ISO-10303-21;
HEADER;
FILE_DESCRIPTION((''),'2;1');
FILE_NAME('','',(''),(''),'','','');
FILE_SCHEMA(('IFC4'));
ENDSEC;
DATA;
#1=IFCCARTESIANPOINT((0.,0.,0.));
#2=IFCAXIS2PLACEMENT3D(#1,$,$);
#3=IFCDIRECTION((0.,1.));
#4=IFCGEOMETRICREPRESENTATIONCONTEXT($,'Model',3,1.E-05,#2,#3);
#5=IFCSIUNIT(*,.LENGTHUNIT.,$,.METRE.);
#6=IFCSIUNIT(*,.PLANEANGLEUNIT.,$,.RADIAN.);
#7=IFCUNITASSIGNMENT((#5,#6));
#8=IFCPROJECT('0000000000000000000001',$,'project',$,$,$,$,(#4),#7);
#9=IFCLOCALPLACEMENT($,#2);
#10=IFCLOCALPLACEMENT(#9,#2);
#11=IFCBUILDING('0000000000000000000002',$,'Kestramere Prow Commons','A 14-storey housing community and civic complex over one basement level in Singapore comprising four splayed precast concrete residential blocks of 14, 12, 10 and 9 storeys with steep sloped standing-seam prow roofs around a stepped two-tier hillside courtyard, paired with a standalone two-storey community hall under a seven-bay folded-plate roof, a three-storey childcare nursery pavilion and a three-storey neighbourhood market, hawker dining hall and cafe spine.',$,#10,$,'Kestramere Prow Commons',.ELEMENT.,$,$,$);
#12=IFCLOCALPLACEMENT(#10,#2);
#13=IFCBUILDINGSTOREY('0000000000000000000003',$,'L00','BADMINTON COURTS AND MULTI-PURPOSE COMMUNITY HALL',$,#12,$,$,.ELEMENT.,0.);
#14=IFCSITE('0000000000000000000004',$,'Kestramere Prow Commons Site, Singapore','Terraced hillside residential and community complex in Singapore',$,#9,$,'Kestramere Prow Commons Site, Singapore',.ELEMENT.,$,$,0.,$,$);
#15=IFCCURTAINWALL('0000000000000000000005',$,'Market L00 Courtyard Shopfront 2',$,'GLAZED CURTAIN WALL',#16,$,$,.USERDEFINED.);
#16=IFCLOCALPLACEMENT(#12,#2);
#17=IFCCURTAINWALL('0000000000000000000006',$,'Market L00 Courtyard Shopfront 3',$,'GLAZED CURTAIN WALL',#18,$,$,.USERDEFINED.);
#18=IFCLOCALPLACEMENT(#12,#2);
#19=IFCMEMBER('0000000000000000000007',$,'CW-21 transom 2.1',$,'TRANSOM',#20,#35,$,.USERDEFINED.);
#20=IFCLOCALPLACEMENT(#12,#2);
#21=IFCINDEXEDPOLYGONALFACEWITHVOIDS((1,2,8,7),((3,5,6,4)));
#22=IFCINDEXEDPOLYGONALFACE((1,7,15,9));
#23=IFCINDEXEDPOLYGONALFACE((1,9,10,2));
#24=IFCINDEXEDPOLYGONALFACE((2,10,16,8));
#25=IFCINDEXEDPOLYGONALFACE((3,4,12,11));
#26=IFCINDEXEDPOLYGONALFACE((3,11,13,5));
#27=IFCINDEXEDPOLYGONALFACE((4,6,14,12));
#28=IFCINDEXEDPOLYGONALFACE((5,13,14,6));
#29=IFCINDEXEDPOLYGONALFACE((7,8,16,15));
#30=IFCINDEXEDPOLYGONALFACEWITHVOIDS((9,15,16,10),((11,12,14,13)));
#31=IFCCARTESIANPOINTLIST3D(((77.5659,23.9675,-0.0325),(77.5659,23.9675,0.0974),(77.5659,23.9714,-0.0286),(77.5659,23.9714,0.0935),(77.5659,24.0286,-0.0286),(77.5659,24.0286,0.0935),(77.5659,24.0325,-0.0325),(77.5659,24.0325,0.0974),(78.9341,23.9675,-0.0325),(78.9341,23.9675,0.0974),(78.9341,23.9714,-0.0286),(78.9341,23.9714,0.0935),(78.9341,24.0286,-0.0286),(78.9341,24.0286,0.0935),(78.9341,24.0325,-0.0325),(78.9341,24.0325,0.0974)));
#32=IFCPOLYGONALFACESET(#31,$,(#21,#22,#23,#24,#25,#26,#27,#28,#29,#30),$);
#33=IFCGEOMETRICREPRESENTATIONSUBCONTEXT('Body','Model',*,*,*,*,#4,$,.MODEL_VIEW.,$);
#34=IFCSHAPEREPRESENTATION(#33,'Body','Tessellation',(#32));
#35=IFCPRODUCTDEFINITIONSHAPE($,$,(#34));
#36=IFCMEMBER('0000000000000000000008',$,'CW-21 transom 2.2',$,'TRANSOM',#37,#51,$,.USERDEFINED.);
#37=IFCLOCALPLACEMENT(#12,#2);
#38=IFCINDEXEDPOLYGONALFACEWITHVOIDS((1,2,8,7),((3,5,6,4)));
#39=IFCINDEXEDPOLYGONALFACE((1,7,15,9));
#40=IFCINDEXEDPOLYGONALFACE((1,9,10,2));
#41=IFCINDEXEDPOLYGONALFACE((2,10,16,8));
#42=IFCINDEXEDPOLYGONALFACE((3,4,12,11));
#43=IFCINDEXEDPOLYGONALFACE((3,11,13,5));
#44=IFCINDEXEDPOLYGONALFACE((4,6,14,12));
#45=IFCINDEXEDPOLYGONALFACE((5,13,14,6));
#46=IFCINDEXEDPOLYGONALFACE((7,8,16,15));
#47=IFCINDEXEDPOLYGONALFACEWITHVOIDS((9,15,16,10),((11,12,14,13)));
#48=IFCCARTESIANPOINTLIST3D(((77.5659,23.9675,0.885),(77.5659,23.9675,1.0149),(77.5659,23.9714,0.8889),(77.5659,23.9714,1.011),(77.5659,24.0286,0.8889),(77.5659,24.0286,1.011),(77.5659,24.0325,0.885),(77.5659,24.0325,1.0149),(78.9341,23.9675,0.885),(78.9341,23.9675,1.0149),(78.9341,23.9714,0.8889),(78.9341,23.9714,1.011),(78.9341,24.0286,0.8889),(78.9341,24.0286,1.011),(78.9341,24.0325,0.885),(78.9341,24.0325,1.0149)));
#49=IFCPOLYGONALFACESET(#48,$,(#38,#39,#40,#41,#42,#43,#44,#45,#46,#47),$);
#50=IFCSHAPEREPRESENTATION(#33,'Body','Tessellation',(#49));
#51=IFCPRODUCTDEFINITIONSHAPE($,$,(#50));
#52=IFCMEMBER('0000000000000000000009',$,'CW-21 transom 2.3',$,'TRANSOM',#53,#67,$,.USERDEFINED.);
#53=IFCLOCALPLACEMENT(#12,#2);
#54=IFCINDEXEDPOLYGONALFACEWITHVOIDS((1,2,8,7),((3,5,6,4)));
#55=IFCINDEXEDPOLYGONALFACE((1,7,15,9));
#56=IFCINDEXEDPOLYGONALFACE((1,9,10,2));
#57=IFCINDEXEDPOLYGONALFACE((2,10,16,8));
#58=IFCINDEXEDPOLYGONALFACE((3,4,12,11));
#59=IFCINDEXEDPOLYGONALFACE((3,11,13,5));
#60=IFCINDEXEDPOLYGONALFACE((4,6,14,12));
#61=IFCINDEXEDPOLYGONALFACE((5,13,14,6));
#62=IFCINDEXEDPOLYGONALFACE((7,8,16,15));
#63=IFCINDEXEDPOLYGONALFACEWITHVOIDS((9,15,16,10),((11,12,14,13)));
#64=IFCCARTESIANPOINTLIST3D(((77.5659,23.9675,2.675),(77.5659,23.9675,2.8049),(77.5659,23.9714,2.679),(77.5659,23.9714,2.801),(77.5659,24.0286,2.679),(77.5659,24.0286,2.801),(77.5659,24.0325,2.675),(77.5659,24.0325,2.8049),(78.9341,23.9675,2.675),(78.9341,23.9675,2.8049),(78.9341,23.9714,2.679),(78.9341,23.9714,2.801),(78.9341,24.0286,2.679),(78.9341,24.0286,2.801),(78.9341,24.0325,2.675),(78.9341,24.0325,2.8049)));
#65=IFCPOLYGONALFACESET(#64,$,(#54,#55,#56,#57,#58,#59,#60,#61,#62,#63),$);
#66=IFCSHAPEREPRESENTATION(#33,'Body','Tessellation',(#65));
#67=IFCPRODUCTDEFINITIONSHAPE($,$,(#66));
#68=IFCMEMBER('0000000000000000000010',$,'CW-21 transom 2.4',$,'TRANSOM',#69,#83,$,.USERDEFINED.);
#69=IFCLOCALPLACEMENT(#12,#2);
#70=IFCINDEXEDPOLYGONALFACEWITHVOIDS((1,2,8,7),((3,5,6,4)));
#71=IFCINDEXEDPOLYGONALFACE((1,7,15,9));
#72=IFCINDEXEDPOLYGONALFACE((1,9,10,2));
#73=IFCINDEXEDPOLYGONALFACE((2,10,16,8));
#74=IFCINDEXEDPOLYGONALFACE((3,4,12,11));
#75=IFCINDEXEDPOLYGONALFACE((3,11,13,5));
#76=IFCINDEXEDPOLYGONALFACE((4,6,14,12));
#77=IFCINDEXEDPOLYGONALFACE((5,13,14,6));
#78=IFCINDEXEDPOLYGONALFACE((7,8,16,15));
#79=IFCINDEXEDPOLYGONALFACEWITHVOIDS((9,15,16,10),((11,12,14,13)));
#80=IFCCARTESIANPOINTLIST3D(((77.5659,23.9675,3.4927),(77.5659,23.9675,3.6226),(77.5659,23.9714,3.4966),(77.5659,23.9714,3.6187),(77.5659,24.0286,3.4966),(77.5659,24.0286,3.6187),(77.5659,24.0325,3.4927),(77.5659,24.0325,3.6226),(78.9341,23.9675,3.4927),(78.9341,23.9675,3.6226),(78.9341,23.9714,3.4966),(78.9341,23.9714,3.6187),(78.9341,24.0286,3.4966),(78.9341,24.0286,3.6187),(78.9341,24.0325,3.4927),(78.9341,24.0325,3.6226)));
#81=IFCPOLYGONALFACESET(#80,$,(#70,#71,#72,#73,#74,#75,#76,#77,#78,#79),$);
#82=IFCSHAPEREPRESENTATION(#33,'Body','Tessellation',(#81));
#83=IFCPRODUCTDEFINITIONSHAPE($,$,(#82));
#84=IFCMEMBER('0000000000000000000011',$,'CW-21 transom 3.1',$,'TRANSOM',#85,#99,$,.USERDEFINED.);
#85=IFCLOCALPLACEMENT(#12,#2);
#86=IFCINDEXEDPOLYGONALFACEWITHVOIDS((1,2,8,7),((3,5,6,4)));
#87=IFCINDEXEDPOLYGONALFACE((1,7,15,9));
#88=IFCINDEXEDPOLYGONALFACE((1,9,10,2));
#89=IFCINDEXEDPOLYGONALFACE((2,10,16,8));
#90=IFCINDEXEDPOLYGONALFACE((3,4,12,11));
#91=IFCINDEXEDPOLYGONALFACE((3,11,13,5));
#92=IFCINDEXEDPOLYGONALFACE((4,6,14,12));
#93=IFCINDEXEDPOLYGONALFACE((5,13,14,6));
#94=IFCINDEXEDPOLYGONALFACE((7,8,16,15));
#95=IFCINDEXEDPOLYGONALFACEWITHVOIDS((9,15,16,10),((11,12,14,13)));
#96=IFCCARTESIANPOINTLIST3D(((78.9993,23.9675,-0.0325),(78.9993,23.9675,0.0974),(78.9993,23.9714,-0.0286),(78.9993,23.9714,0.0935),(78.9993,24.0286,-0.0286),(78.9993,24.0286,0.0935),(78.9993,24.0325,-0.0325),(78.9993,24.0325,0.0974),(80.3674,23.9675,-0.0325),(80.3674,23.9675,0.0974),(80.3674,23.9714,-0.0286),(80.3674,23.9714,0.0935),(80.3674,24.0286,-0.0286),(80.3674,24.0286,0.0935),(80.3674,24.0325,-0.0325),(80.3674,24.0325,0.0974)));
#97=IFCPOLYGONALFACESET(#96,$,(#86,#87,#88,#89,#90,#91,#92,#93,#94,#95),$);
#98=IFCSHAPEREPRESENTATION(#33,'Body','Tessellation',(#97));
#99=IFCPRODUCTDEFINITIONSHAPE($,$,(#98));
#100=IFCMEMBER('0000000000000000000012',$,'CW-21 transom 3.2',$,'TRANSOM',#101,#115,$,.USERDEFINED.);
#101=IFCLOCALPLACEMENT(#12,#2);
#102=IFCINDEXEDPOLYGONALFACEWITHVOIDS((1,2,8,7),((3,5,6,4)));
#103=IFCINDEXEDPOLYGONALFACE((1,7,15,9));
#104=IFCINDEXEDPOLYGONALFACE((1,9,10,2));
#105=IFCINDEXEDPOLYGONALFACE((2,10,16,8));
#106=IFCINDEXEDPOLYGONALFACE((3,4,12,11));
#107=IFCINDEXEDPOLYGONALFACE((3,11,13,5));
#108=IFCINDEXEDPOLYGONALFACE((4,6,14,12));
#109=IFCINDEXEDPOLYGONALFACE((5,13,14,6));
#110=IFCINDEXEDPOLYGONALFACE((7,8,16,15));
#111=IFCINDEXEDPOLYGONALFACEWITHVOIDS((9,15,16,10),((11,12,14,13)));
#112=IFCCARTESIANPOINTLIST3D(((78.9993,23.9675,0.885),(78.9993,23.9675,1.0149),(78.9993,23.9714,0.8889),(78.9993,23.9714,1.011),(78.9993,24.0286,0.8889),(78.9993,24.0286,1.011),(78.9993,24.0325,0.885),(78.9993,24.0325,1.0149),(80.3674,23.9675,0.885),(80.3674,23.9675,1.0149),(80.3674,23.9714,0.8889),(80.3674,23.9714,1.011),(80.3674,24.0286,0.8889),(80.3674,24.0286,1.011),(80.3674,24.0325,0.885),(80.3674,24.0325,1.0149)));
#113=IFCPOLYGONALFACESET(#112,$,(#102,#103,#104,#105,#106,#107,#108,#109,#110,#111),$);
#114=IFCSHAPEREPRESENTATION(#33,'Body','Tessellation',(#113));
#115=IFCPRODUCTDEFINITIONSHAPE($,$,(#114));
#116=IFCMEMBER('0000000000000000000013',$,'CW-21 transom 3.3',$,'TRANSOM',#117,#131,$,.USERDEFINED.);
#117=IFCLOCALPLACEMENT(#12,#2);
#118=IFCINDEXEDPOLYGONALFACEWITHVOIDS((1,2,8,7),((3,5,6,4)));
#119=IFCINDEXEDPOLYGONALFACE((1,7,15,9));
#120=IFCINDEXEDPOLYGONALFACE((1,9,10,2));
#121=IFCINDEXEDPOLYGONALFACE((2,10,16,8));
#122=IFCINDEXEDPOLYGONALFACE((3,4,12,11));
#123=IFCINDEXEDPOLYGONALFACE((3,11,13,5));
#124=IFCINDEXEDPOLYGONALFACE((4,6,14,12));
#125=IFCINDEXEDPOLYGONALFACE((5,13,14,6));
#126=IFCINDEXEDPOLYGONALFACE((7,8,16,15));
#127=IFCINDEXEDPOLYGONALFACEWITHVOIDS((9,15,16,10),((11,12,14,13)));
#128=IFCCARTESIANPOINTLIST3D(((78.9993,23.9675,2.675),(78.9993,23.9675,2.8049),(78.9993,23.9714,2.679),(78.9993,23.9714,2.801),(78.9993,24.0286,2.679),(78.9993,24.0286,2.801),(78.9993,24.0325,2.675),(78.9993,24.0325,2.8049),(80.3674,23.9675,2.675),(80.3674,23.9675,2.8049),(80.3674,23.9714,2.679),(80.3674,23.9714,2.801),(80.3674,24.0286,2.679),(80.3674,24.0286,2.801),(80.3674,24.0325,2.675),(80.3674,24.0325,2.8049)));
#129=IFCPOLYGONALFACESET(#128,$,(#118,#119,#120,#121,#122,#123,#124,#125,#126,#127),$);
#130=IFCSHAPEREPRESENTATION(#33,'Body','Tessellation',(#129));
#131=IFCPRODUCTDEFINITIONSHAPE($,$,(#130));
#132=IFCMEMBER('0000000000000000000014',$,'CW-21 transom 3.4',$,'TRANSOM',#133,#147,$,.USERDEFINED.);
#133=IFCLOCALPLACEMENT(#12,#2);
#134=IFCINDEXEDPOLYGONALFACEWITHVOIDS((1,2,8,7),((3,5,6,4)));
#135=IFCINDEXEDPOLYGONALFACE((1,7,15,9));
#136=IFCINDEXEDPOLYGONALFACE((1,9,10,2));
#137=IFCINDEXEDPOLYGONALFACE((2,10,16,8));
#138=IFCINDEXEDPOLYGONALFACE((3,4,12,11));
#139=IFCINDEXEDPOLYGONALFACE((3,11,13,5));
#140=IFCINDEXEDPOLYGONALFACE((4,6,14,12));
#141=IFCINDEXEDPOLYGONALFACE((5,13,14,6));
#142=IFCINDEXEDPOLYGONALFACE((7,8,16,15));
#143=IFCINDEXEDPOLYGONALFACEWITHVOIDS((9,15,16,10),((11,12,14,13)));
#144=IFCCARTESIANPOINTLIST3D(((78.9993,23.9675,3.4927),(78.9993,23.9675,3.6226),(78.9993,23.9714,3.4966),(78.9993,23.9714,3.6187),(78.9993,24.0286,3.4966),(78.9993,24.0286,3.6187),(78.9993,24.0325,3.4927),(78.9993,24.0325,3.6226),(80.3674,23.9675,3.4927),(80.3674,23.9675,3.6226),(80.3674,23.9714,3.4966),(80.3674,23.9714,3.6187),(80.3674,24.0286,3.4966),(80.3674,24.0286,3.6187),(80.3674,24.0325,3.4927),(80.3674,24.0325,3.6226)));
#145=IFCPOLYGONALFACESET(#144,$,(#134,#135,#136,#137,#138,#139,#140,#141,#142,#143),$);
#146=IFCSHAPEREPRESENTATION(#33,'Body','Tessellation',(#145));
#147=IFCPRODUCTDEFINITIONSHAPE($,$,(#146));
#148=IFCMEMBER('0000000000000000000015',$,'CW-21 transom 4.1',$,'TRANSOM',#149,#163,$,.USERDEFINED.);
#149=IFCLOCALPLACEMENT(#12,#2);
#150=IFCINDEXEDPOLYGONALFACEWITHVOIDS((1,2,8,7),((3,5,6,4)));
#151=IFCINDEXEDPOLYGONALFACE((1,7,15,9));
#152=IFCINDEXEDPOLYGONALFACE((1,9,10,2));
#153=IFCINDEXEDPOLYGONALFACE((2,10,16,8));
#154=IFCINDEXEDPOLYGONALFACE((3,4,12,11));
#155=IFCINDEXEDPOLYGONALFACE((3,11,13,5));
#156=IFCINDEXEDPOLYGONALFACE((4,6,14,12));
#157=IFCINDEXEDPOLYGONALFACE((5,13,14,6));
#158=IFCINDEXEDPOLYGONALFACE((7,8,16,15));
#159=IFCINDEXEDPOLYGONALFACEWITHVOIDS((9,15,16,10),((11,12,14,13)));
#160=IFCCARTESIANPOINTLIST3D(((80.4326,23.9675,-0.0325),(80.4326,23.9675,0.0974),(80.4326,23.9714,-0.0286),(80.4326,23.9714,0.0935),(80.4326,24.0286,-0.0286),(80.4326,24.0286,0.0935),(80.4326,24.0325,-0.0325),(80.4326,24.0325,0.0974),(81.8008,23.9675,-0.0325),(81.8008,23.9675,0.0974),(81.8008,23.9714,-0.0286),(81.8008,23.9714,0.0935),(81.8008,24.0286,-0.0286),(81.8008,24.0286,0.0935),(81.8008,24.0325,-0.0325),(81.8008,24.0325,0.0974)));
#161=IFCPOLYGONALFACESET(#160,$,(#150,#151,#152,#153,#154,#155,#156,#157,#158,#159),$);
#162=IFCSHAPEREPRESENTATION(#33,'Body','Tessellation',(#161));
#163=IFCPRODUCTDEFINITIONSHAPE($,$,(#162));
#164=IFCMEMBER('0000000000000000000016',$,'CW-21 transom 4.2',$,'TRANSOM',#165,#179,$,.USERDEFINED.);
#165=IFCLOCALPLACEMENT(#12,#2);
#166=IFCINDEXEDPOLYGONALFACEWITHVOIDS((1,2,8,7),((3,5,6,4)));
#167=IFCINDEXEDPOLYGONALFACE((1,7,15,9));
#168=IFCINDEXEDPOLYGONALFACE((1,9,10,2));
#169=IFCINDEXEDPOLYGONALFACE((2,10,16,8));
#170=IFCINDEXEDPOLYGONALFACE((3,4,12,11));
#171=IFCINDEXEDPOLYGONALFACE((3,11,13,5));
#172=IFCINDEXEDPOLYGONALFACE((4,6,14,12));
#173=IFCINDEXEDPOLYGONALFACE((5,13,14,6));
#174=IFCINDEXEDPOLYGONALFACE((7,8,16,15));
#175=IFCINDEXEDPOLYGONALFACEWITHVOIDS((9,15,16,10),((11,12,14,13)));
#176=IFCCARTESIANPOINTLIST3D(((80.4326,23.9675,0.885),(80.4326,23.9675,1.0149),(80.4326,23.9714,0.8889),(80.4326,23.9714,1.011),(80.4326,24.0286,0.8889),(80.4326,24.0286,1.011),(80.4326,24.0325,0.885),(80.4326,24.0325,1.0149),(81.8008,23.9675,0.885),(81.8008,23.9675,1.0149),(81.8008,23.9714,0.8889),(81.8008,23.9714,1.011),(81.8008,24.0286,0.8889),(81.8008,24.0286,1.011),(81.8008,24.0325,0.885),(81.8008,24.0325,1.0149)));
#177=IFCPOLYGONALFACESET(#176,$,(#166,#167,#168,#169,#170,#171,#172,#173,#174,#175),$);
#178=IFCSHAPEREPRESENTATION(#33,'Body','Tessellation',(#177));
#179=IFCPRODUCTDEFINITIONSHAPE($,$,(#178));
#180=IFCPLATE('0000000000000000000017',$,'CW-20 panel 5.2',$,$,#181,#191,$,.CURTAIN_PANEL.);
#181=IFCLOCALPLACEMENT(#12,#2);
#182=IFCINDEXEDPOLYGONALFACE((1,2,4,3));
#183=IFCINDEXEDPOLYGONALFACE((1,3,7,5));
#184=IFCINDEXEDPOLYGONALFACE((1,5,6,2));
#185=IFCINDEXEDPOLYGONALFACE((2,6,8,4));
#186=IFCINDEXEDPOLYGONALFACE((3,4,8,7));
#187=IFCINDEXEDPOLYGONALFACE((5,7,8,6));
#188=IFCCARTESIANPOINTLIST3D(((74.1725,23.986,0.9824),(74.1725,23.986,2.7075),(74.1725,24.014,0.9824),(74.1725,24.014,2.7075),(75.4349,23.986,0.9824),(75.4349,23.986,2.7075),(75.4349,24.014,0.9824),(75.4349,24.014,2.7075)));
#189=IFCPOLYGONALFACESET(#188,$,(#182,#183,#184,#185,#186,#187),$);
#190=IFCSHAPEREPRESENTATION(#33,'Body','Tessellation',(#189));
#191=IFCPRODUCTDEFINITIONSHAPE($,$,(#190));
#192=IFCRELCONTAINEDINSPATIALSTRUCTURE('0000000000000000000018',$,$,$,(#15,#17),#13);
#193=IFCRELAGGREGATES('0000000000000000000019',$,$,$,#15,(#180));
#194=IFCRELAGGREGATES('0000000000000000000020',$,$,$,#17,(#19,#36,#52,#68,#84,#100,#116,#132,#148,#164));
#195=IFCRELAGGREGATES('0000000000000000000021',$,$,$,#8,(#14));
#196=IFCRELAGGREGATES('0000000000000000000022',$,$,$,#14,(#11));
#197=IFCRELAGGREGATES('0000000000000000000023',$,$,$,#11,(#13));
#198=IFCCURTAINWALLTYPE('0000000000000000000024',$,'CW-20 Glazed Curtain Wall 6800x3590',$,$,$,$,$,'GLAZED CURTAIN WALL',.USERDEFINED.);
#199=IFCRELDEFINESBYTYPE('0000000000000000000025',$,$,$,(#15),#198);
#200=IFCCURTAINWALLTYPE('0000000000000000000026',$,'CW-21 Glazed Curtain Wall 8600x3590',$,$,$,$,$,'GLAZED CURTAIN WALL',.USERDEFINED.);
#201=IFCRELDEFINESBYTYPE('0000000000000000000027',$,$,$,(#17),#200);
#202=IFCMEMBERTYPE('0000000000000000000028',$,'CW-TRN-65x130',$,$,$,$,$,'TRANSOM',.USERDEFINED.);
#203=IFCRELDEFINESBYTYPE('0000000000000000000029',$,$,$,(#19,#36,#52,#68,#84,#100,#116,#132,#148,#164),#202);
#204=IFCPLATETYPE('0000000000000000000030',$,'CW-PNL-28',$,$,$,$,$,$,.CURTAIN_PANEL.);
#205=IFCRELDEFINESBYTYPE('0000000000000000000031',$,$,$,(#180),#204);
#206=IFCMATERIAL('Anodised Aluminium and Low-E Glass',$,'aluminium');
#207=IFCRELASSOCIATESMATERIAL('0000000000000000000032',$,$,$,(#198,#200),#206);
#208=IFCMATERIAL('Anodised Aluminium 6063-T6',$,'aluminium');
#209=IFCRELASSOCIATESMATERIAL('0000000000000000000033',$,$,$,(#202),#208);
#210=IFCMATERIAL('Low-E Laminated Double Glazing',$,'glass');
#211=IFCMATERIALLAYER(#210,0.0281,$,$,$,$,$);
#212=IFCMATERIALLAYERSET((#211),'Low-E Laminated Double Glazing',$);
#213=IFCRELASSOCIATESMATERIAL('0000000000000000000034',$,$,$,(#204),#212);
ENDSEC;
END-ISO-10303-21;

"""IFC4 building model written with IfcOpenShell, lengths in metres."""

from ifc_helpers import new_model, si_unit, direction, frame, origin, origin_2d, place, context, subcontext, project, spatial, rectangle, hollow_rectangle, extrude, material, layer, layer_set, material_profile, profile_set, type_object, element, aggregate, save


model = new_model("IFC4")

# Units and contexts
model_context = context("Model", 3, precision=1e-05, world=origin(), true_north=direction((0.0, 1.0)))
body_context = subcontext(model_context, "Body", "Model", "MODEL_VIEW")
ifc_project = project(units=[si_unit("LENGTHUNIT", "METRE"), si_unit("PLANEANGLEUNIT", "RADIAN")], contexts=[model_context])

# Site, building, storey
site_placement = place(None, origin())
site = spatial("IfcSite", under=ifc_project, at=site_placement, Name="Kestramere Prow Commons Site, Singapore", Description="Terraced hillside residential and community complex in Singapore", LongName="Kestramere Prow Commons Site, Singapore", CompositionType="ELEMENT", RefElevation=0.0)
building_placement = place(site_placement, origin())
building = spatial("IfcBuilding", under=site, at=building_placement, Name="Kestramere Prow Commons", Description="A 14-storey housing community and civic complex over one basement level in Singapore comprising four splayed precast concrete residential blocks of 14, 12, 10 and 9 storeys with steep sloped standing-seam prow roofs around a stepped two-tier hillside courtyard, paired with a standalone two-storey community hall under a seven-bay folded-plate roof, a three-storey childcare nursery pavilion and a three-storey neighbourhood market, hawker dining hall and cafe spine.", LongName="Kestramere Prow Commons", CompositionType="ELEMENT")
storey_placement = place(building_placement, origin())
storey = spatial("IfcBuildingStorey", under=building, at=storey_placement, Name="L00", Description="BADMINTON COURTS AND MULTI-PURPOSE COMMUNITY HALL", CompositionType="ELEMENT", Elevation=0.0)

# Curtain wall
ifc_material_1 = material(Name="Anodised Aluminium and Low-E Glass", Category="aluminium")
curtain_wall_type_1 = type_object("IfcCurtainWallType", Name="CW-20 Glazed Curtain Wall 6800x3590", ElementType="GLAZED CURTAIN WALL", PredefinedType="USERDEFINED", material=ifc_material_1)
curtain_wall_1_placement = place(storey_placement, origin())
curtain_wall_1 = element("IfcCurtainWall", 1, at=curtain_wall_1_placement, inside=storey, type_object=curtain_wall_type_1, Name="Market L00 Courtyard Shopfront 2", ObjectType="GLAZED CURTAIN WALL", PredefinedType="USERDEFINED")
ifc_material_2 = material(Name="Anodised Aluminium 6063-T6", Category="aluminium")

# Curtain wall, members
curtain_wall_type_2 = type_object("IfcCurtainWallType", Name="CW-21 Glazed Curtain Wall 8600x3590", ElementType="GLAZED CURTAIN WALL", PredefinedType="USERDEFINED", material=ifc_material_1)
curtain_wall_2_placement = place(storey_placement, origin())
curtain_wall_2 = element("IfcCurtainWall", 2, at=curtain_wall_2_placement, inside=storey, type_object=curtain_wall_type_2, Name="Market L00 Courtyard Shopfront 3", ObjectType="GLAZED CURTAIN WALL", PredefinedType="USERDEFINED")
ifc_material_profile_1 = material_profile(ifc_material_2, hollow_rectangle(XDim=0.0649, YDim=0.1299, WallThickness=0.0039, at=origin_2d()), Name="ALU-TRN 65x130")
ifc_profile_set_1 = profile_set([ifc_material_profile_1], Name="Anodised Aluminium 6063-T6")
member_type_1 = type_object("IfcMemberType", Name="CW-TRN-65x130", ElementType="TRANSOM", PredefinedType="USERDEFINED", material=ifc_profile_set_1)
member_1_placement = place(storey_placement, frame((77.5659, 24.0, 0.0325), z_axis=(1.0, 0.0, 0.0), x_axis=(0.0, 1.0, 0.0)))
member_1 = element("IfcMember", 3, at=member_1_placement, type_object=member_type_1, Name="CW-21 transom 2.1", ObjectType="TRANSOM", PredefinedType="USERDEFINED", context=body_context, shape_type="SweptSolid", body=[
    extrude(hollow_rectangle(XDim=0.0649, YDim=0.1299, WallThickness=0.0039, at=origin_2d()), origin(), (0.0, 0.0, 1.0), 1.3682),
])
member_2_placement = place(storey_placement, frame((77.5659, 24.0, 0.95), z_axis=(1.0, 0.0, 0.0), x_axis=(0.0, 1.0, 0.0)))
member_2 = element("IfcMember", 4, at=member_2_placement, type_object=member_type_1, Name="CW-21 transom 2.2", ObjectType="TRANSOM", PredefinedType="USERDEFINED", context=body_context, shape_type="SweptSolid", body=[
    extrude(hollow_rectangle(XDim=0.0649, YDim=0.1299, WallThickness=0.0039, at=origin_2d()), origin(), (0.0, 0.0, 1.0), 1.3682),
])
member_3_placement = place(storey_placement, frame((77.5659, 24.0, 2.74), z_axis=(1.0, 0.0, 0.0), x_axis=(0.0, 1.0, 0.0)))
member_3 = element("IfcMember", 5, at=member_3_placement, type_object=member_type_1, Name="CW-21 transom 2.3", ObjectType="TRANSOM", PredefinedType="USERDEFINED", context=body_context, shape_type="SweptSolid", body=[
    extrude(hollow_rectangle(XDim=0.0649, YDim=0.1299, WallThickness=0.0039, at=origin_2d()), origin(), (0.0, 0.0, 1.0), 1.3682),
])
member_4_placement = place(storey_placement, frame((77.5659, 24.0, 3.5576), z_axis=(1.0, 0.0, 0.0), x_axis=(0.0, 1.0, 0.0)))
member_4 = element("IfcMember", 6, at=member_4_placement, type_object=member_type_1, Name="CW-21 transom 2.4", ObjectType="TRANSOM", PredefinedType="USERDEFINED", context=body_context, shape_type="SweptSolid", body=[
    extrude(hollow_rectangle(XDim=0.0649, YDim=0.1299, WallThickness=0.0039, at=origin_2d()), origin(), (0.0, 0.0, 1.0), 1.3682),
])
member_5_placement = place(storey_placement, frame((78.9993, 24.0, 0.0325), z_axis=(1.0, 0.0, 0.0), x_axis=(0.0, 1.0, 0.0)))
member_5 = element("IfcMember", 7, at=member_5_placement, type_object=member_type_1, Name="CW-21 transom 3.1", ObjectType="TRANSOM", PredefinedType="USERDEFINED", context=body_context, shape_type="SweptSolid", body=[
    extrude(hollow_rectangle(XDim=0.0649, YDim=0.1299, WallThickness=0.0039, at=origin_2d()), origin(), (0.0, 0.0, 1.0), 1.3682),
])
member_6_placement = place(storey_placement, frame((78.9993, 24.0, 0.95), z_axis=(1.0, 0.0, 0.0), x_axis=(0.0, 1.0, 0.0)))
member_6 = element("IfcMember", 8, at=member_6_placement, type_object=member_type_1, Name="CW-21 transom 3.2", ObjectType="TRANSOM", PredefinedType="USERDEFINED", context=body_context, shape_type="SweptSolid", body=[
    extrude(hollow_rectangle(XDim=0.0649, YDim=0.1299, WallThickness=0.0039, at=origin_2d()), origin(), (0.0, 0.0, 1.0), 1.3682),
])
member_7_placement = place(storey_placement, frame((78.9993, 24.0, 2.74), z_axis=(1.0, 0.0, 0.0), x_axis=(0.0, 1.0, 0.0)))
member_7 = element("IfcMember", 9, at=member_7_placement, type_object=member_type_1, Name="CW-21 transom 3.3", ObjectType="TRANSOM", PredefinedType="USERDEFINED", context=body_context, shape_type="SweptSolid", body=[
    extrude(hollow_rectangle(XDim=0.0649, YDim=0.1299, WallThickness=0.0039, at=origin_2d()), origin(), (0.0, 0.0, 1.0), 1.3682),
])
member_8_placement = place(storey_placement, frame((78.9993, 24.0, 3.5576), z_axis=(1.0, 0.0, 0.0), x_axis=(0.0, 1.0, 0.0)))
member_8 = element("IfcMember", 10, at=member_8_placement, type_object=member_type_1, Name="CW-21 transom 3.4", ObjectType="TRANSOM", PredefinedType="USERDEFINED", context=body_context, shape_type="SweptSolid", body=[
    extrude(hollow_rectangle(XDim=0.0649, YDim=0.1299, WallThickness=0.0039, at=origin_2d()), origin(), (0.0, 0.0, 1.0), 1.3682),
])
member_9_placement = place(storey_placement, frame((80.4326, 24.0, 0.0325), z_axis=(1.0, 0.0, 0.0), x_axis=(0.0, 1.0, 0.0)))
member_9 = element("IfcMember", 11, at=member_9_placement, type_object=member_type_1, Name="CW-21 transom 4.1", ObjectType="TRANSOM", PredefinedType="USERDEFINED", context=body_context, shape_type="SweptSolid", body=[
    extrude(hollow_rectangle(XDim=0.0649, YDim=0.1299, WallThickness=0.0039, at=origin_2d()), origin(), (0.0, 0.0, 1.0), 1.3682),
])
member_10_placement = place(storey_placement, frame((80.4326, 24.0, 0.95), z_axis=(1.0, 0.0, 0.0), x_axis=(0.0, 1.0, 0.0)))
member_10 = element("IfcMember", 12, at=member_10_placement, type_object=member_type_1, Name="CW-21 transom 4.2", ObjectType="TRANSOM", PredefinedType="USERDEFINED", context=body_context, shape_type="SweptSolid", body=[
    extrude(hollow_rectangle(XDim=0.0649, YDim=0.1299, WallThickness=0.0039, at=origin_2d()), origin(), (0.0, 0.0, 1.0), 1.3682),
])

# Plate
ifc_material_3 = material(Name="Low-E Laminated Double Glazing", Category="glass")
ifc_layer = layer(ifc_material_3, 0.0281)
ifc_layer_set = layer_set([ifc_layer], Name="Low-E Laminated Double Glazing")
plate_type = type_object("IfcPlateType", Name="CW-PNL-28", PredefinedType="CURTAIN_PANEL", material=ifc_layer_set)
plate_1_placement = place(storey_placement, frame((74.8037, 24.0, 0.9824), z_axis=(0.0, 0.0, 1.0), x_axis=(1.0, 0.0, 0.0)))
plate_1 = element("IfcPlate", 13, at=plate_1_placement, type_object=plate_type, Name="CW-20 panel 5.2", PredefinedType="CURTAIN_PANEL", context=body_context, shape_type="SweptSolid", body=[
    extrude(rectangle(XDim=1.2625, YDim=0.0281, at=origin_2d()), origin(), (0.0, 0.0, 1.0), 1.7251),
])
aggregate(curtain_wall_1, [plate_1])
aggregate(curtain_wall_2, [member_1, member_2, member_3, member_4, member_5, member_6, member_7, member_8, member_9, member_10])

save(model, "model.ifc")
